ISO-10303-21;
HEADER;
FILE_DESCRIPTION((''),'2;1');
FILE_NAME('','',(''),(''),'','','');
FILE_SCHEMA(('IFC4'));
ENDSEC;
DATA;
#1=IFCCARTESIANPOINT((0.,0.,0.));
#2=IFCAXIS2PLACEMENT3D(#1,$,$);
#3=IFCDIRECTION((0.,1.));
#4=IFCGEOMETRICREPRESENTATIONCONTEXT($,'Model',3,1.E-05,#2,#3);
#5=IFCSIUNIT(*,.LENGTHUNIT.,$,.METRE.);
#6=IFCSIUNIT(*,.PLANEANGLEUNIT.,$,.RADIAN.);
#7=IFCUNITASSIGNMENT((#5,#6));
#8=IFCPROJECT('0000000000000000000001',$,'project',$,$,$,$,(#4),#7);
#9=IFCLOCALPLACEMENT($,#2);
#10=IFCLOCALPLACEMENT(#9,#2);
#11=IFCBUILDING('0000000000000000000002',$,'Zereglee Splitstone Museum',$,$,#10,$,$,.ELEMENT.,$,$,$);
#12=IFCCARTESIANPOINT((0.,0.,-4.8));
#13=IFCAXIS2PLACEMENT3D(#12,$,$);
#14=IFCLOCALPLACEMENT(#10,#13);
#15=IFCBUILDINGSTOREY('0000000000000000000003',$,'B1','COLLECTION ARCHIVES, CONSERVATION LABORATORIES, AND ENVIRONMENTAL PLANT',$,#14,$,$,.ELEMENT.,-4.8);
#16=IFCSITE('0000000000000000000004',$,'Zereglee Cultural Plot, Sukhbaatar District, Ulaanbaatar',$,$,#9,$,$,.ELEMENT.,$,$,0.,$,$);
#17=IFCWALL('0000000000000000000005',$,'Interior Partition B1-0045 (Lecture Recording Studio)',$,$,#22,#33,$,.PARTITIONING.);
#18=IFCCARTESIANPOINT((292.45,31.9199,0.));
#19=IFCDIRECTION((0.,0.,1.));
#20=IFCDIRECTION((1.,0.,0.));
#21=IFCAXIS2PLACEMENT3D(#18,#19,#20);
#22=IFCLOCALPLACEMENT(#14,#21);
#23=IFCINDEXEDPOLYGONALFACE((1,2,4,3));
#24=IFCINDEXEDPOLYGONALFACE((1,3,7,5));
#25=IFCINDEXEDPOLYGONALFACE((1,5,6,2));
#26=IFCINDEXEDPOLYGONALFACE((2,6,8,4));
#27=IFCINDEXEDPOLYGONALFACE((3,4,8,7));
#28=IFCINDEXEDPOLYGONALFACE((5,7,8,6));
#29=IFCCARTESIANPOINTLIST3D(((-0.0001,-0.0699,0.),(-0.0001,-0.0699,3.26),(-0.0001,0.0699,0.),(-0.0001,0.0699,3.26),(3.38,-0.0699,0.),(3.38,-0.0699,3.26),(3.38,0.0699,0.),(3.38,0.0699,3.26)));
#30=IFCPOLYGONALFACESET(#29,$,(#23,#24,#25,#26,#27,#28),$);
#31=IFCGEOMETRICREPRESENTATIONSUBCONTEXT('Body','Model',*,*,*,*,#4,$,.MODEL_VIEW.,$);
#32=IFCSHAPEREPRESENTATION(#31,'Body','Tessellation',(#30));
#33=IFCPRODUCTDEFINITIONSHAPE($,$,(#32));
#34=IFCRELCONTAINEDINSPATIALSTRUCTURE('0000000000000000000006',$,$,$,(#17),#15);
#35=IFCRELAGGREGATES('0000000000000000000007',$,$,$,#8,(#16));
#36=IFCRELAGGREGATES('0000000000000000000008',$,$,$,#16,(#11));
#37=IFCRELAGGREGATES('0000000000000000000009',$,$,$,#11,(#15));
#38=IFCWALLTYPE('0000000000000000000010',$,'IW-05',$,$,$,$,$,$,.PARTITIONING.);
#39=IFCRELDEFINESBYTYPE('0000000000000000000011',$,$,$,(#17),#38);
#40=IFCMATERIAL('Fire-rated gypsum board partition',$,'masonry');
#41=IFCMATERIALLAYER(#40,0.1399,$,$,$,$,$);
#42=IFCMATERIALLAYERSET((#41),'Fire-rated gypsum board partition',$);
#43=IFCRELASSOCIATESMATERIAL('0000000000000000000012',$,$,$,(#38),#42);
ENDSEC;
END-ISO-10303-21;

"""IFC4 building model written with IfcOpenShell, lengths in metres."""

from ifc_helpers import new_model, si_unit, direction, frame, frame_2d, origin, place, context, subcontext, project, spatial, rectangle, extrude, material, layer, layer_set, type_object, element, save


model = new_model("IFC4")

# Units and contexts
model_context = context("Model", 3, precision=1e-05, world=origin(), true_north=direction((0.0, 1.0)))
body_context = subcontext(model_context, "Body", "Model", "MODEL_VIEW")
ifc_project = project(units=[si_unit("LENGTHUNIT", "METRE"), si_unit("PLANEANGLEUNIT", "RADIAN")], contexts=[model_context])

# Site, building, storey
site_placement = place(None, origin())
site = spatial("IfcSite", under=ifc_project, at=site_placement, Name="Zereglee Cultural Plot, Sukhbaatar District, Ulaanbaatar", CompositionType="ELEMENT", RefElevation=0.0)
building_placement = place(site_placement, origin())
building = spatial("IfcBuilding", under=site, at=building_placement, Name="Zereglee Splitstone Museum", CompositionType="ELEMENT")
storey_placement = place(building_placement, frame((0.0, 0.0, -4.8)))
storey = spatial("IfcBuildingStorey", under=building, at=storey_placement, Name="B1", Description="COLLECTION ARCHIVES, CONSERVATION LABORATORIES, AND ENVIRONMENTAL PLANT", CompositionType="ELEMENT", Elevation=-4.8)

# Wall
ifc_material_1 = material(Name="Fire-rated gypsum board partition", Category="masonry")
ifc_layer_1 = layer(ifc_material_1, 0.1399)
ifc_layer_set_1 = layer_set([ifc_layer_1], Name="Fire-rated gypsum board partition")
wall_type_1 = type_object("IfcWallType", Name="IW-05", PredefinedType="PARTITIONING", material=ifc_layer_set_1)
wall_1_placement = place(storey_placement, frame((292.45, 31.9199, 0.0), z_axis=(0.0, 0.0, 1.0), x_axis=(1.0, 0.0, 0.0)))
element("IfcWall", 1, at=wall_1_placement, inside=storey, type_object=wall_type_1, Name="Interior Partition B1-0045 (Lecture Recording Studio)", PredefinedType="PARTITIONING", context=body_context, shape_type="SweptSolid", body=[
    extrude(rectangle(XDim=3.3801, YDim=0.1399, at=frame_2d((1.6899, 0.0))), origin(), (0.0, 0.0, 1.0), 3.26),
])

save(model, "model.ifc")
